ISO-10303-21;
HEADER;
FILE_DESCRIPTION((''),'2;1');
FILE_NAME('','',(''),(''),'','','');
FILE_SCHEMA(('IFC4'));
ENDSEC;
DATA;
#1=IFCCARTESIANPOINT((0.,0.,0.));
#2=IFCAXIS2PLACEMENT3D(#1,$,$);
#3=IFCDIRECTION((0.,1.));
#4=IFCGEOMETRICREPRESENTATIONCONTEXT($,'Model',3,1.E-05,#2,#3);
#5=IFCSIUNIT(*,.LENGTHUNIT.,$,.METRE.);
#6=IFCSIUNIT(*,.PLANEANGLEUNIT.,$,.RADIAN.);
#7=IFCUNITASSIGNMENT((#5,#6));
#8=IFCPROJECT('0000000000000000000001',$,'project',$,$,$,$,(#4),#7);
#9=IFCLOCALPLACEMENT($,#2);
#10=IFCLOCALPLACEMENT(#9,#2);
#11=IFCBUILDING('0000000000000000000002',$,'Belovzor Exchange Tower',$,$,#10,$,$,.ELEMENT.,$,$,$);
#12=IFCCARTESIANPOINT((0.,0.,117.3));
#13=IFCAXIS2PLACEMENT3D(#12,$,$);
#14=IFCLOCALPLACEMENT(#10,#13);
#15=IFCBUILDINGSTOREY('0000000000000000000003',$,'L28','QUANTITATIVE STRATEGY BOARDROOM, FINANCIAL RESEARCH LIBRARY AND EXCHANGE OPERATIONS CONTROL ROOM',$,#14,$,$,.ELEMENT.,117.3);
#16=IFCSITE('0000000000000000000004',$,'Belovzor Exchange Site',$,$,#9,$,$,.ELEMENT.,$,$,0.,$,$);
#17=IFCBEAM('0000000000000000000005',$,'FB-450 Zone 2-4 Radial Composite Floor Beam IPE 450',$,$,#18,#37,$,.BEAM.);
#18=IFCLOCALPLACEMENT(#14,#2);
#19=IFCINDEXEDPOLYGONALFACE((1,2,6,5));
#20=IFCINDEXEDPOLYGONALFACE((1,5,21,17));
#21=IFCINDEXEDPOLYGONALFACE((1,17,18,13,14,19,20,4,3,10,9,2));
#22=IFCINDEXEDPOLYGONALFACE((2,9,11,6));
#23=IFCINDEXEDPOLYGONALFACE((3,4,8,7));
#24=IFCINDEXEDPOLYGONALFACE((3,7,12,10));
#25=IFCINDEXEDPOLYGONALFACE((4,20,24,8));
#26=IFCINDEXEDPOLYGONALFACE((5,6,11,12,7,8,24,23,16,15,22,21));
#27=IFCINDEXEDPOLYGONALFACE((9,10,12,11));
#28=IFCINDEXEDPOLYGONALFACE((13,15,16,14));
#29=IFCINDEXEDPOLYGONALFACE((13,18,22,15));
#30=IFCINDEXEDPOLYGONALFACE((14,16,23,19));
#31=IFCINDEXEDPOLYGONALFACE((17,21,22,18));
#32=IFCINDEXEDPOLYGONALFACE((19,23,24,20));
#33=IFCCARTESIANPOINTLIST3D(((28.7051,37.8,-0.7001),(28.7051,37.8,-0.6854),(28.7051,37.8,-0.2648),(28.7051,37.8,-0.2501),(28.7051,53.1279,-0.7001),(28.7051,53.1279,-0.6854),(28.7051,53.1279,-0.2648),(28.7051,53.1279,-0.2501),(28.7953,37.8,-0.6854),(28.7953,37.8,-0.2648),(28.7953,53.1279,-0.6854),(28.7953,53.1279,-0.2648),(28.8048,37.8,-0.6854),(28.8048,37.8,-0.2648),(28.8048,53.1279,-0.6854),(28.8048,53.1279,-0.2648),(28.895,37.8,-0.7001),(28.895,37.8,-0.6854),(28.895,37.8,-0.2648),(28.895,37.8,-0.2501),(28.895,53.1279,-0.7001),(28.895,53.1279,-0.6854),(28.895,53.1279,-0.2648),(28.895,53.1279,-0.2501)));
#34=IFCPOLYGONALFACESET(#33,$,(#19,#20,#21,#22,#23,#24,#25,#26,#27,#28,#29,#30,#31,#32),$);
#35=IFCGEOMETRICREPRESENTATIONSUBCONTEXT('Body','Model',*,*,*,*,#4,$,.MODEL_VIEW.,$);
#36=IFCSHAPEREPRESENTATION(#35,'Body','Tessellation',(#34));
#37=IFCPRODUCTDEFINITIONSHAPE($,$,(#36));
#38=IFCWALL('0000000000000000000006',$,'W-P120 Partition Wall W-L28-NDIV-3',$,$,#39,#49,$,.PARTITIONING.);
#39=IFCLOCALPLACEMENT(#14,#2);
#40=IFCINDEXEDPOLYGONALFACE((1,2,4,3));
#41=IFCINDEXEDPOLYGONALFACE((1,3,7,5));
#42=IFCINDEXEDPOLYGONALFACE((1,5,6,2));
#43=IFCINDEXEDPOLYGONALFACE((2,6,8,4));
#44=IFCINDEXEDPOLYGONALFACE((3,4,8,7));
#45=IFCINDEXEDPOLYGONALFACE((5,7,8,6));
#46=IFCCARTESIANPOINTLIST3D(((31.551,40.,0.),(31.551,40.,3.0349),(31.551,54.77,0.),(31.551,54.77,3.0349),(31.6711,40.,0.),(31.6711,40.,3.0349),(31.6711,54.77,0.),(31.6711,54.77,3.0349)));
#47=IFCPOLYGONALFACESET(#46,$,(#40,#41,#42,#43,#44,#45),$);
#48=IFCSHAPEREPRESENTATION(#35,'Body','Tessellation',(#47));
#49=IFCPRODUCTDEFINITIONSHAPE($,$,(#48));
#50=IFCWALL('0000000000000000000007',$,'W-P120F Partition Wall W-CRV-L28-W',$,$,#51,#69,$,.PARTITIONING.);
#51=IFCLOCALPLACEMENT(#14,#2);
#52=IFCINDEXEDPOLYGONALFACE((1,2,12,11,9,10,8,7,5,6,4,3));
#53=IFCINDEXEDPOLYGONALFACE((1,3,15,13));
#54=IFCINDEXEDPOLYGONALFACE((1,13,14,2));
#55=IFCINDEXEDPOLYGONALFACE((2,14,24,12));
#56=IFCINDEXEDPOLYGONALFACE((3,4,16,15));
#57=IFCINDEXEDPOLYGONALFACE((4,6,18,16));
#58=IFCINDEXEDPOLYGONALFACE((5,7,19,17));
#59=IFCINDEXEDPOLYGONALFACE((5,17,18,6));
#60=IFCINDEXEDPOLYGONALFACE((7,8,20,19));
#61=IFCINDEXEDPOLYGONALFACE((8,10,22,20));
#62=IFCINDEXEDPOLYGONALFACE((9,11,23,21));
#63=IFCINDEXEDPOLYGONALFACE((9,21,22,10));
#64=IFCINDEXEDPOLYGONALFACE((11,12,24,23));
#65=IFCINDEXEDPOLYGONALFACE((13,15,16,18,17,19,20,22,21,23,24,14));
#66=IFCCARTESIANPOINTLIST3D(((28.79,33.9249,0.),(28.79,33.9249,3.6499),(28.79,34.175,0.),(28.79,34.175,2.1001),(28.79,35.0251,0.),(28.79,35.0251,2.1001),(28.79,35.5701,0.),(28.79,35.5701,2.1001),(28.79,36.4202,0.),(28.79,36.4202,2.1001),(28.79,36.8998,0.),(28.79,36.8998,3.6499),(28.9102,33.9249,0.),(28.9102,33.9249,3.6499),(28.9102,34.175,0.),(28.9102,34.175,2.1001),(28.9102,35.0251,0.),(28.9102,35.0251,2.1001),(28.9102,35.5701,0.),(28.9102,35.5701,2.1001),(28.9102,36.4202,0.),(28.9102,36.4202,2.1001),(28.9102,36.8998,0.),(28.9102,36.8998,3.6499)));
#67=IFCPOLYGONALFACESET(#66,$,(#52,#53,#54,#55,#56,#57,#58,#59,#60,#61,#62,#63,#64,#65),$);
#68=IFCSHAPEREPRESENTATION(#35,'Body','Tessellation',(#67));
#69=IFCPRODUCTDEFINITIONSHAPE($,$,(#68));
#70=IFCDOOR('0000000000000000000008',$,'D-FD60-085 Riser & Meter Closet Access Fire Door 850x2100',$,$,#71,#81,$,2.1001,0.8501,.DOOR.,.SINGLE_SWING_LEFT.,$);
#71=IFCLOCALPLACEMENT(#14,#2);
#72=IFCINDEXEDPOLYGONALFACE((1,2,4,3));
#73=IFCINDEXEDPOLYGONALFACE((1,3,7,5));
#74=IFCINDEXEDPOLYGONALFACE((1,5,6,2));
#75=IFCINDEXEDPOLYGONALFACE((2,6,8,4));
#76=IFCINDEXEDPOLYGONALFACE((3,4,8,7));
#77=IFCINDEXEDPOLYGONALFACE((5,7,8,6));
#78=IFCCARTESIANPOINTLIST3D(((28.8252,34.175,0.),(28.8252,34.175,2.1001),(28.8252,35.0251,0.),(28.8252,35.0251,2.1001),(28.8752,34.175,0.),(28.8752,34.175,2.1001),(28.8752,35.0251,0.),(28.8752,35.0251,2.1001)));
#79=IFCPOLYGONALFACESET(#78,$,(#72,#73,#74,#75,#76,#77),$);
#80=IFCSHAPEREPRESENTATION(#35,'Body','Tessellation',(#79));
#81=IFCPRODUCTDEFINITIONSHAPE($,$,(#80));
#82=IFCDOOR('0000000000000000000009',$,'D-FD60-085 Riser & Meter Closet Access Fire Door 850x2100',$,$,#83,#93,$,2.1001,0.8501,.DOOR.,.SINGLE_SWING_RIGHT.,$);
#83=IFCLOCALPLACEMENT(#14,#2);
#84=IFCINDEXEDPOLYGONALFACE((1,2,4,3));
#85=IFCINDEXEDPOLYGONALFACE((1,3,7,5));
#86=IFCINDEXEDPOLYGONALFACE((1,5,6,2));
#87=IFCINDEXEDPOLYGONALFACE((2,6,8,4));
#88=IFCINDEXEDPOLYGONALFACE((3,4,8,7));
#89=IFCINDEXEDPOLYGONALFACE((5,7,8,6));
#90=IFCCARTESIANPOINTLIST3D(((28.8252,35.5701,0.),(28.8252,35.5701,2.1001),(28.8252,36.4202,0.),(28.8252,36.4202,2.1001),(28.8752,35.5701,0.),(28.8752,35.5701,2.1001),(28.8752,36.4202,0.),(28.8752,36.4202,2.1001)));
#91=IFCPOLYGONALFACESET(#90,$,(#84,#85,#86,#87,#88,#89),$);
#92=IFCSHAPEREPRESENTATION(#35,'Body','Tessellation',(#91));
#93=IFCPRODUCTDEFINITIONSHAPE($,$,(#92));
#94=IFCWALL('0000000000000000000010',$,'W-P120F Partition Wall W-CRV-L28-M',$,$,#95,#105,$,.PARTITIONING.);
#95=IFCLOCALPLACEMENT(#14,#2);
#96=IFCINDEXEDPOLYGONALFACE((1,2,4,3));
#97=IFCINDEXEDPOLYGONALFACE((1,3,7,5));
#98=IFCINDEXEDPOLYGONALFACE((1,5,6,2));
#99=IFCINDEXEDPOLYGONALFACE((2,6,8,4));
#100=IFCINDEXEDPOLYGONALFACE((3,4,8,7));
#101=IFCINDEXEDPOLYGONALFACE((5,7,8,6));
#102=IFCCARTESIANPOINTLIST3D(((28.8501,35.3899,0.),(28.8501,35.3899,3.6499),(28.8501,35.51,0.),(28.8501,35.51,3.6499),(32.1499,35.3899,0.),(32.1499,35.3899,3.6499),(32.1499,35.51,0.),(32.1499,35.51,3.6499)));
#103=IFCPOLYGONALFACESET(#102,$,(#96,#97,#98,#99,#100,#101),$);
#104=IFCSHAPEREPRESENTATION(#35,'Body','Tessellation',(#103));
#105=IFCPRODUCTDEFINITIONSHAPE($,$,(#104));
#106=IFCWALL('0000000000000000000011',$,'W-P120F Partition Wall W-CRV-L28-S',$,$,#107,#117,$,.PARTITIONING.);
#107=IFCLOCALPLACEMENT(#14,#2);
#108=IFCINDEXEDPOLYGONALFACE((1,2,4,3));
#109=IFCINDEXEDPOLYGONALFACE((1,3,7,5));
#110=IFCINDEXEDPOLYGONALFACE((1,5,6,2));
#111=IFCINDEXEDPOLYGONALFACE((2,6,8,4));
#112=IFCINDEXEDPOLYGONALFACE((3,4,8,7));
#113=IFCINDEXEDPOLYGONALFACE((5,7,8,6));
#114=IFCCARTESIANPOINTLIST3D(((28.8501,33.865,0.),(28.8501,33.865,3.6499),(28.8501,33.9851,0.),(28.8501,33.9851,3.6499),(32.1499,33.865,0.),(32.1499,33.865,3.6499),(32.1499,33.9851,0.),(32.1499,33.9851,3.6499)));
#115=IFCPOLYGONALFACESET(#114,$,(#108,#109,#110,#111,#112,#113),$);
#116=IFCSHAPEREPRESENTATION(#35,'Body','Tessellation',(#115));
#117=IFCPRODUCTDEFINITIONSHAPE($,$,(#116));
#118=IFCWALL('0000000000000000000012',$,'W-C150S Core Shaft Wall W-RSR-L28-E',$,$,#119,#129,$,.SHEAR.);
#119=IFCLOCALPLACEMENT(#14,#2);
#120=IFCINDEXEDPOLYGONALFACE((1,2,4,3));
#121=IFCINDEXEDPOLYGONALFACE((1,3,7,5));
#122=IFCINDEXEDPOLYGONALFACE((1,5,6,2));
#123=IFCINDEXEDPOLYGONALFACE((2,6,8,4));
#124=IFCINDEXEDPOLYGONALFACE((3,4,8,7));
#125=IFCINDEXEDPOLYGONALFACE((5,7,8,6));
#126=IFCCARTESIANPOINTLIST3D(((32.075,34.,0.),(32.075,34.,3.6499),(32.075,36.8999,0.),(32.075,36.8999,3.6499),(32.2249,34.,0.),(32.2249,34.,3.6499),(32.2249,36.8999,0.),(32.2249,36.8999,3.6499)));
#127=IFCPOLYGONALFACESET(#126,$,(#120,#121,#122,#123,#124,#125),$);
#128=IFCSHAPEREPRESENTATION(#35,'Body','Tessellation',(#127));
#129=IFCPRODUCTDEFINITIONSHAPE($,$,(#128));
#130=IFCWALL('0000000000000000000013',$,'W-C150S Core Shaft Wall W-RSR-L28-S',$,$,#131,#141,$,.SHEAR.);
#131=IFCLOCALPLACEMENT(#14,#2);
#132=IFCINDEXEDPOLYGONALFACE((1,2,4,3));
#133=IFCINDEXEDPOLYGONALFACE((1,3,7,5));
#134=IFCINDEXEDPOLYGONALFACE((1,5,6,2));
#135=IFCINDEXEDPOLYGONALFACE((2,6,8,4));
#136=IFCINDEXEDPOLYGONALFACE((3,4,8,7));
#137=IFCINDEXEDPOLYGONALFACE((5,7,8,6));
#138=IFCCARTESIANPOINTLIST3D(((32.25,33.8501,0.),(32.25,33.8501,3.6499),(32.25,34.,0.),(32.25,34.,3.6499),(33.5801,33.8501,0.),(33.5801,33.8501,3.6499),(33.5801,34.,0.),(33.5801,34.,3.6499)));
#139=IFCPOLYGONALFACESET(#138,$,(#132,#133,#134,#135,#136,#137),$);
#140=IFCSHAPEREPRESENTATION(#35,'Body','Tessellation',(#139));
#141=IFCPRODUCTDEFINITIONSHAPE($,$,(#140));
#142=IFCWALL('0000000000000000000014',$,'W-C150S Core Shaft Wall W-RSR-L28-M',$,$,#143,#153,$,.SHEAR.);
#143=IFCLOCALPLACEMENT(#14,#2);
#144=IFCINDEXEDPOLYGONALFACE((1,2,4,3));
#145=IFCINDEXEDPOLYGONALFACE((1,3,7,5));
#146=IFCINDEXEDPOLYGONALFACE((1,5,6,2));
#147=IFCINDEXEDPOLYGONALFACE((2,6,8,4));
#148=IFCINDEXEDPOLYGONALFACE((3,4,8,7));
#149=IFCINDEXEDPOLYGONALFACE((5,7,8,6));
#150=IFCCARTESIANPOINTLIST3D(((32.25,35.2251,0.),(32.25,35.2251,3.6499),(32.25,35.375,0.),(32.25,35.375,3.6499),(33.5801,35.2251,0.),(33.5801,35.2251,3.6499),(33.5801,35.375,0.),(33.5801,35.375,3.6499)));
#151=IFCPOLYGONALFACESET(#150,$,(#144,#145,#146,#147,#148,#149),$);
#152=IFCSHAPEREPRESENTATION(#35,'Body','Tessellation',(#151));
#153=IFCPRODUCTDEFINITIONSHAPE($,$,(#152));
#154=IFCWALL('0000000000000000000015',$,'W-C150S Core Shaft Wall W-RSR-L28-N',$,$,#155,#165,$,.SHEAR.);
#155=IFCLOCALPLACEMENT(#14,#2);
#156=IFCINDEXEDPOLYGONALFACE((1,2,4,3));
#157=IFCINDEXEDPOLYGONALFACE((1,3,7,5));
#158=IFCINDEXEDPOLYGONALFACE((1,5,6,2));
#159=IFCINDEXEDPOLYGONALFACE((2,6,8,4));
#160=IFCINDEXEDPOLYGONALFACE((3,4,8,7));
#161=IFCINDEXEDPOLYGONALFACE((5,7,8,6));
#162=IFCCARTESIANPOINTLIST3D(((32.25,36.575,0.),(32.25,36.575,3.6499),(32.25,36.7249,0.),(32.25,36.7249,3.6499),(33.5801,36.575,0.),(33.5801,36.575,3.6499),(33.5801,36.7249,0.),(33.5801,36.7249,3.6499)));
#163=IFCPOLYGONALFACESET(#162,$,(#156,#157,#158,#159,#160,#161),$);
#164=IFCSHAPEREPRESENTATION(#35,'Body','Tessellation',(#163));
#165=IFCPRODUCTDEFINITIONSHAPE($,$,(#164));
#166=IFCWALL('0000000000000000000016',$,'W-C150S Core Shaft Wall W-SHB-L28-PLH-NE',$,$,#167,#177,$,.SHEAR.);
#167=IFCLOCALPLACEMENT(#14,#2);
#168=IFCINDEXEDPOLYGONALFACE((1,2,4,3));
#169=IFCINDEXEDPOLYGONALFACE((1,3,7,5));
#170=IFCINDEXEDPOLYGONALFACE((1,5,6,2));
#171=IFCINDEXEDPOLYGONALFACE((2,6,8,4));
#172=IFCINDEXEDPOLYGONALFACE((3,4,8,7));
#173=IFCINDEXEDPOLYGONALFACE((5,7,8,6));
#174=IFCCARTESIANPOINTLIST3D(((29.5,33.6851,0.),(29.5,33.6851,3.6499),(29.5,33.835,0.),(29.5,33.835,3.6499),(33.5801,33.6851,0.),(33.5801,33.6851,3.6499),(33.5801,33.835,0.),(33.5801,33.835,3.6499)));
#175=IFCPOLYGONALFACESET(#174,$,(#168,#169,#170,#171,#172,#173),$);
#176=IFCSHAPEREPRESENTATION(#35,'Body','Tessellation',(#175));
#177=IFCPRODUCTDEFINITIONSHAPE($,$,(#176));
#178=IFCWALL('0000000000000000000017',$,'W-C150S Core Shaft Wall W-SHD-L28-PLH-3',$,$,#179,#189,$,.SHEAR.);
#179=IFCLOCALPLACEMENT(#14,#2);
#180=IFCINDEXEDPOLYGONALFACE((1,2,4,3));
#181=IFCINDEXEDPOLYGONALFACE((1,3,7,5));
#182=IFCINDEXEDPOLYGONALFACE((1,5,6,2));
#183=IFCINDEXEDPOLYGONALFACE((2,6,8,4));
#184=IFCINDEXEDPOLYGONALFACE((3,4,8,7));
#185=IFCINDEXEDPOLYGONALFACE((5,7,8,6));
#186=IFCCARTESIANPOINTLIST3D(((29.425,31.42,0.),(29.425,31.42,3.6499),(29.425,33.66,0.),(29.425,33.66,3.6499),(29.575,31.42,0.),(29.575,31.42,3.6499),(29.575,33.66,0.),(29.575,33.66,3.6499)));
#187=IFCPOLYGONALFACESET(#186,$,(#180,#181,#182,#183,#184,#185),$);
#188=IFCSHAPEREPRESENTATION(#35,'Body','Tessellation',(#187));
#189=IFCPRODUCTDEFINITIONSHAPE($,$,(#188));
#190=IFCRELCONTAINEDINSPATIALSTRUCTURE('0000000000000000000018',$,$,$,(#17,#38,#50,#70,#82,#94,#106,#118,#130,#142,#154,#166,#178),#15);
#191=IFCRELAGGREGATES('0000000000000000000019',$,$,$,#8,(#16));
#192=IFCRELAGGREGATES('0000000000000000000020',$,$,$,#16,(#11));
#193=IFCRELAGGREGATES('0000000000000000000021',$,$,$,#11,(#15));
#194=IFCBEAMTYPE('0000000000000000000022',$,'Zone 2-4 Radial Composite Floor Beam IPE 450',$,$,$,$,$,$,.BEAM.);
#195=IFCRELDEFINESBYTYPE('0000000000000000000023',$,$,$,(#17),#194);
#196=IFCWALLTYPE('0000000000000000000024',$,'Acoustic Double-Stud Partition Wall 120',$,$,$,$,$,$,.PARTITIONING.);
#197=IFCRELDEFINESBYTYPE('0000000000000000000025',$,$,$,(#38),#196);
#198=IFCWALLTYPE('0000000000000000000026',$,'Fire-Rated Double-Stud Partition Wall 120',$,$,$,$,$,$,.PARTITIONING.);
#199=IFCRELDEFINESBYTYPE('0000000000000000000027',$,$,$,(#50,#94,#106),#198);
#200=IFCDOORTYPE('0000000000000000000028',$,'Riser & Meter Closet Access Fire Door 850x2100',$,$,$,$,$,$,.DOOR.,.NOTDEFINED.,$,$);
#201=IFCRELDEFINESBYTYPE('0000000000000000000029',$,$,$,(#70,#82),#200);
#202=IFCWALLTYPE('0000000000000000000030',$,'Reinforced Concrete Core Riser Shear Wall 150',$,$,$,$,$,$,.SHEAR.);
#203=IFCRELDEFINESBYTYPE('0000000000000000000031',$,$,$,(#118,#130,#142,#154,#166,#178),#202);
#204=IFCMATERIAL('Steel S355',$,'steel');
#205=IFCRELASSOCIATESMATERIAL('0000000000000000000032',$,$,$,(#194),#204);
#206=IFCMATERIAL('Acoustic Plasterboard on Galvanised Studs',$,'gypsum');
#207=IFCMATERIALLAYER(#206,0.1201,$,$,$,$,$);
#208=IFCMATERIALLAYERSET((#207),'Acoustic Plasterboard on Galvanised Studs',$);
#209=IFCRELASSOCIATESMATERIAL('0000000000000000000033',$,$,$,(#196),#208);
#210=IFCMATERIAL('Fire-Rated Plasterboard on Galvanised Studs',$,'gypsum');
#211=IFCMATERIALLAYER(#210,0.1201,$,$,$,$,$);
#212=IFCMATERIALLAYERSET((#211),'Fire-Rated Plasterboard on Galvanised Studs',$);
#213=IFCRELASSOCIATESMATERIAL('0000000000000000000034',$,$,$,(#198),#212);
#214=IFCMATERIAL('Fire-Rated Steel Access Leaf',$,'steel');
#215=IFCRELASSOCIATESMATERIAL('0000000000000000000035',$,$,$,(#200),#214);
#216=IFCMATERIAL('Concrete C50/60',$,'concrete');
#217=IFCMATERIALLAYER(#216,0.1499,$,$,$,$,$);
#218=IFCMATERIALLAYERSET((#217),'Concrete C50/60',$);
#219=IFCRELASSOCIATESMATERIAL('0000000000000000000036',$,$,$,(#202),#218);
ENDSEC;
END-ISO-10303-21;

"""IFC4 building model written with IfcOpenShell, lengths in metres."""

from ifc_helpers import new_model, si_unit, direction, frame, frame_2d, origin, origin_2d, place, context, subcontext, project, spatial, rectangle, i_section, extrude, material, layer, layer_set, material_profile, profile_set, type_object, element, fill, save


model = new_model("IFC4")

# Units and contexts
model_context = context("Model", 3, precision=1e-05, world=origin(), true_north=direction((0.0, 1.0)))
body_context = subcontext(model_context, "Body", "Model", "MODEL_VIEW")
ifc_project = project(units=[si_unit("LENGTHUNIT", "METRE"), si_unit("PLANEANGLEUNIT", "RADIAN")], contexts=[model_context])

# Site, building, storey
site_placement = place(None, origin())
site = spatial("IfcSite", under=ifc_project, at=site_placement, Name="Belovzor Exchange Site", CompositionType="ELEMENT", RefElevation=0.0)
building_placement = place(site_placement, origin())
building = spatial("IfcBuilding", under=site, at=building_placement, Name="Belovzor Exchange Tower", CompositionType="ELEMENT")
storey_placement = place(building_placement, frame((0.0, 0.0, 117.3)))
storey = spatial("IfcBuildingStorey", under=building, at=storey_placement, Name="L28", Description="QUANTITATIVE STRATEGY BOARDROOM, FINANCIAL RESEARCH LIBRARY AND EXCHANGE OPERATIONS CONTROL ROOM", CompositionType="ELEMENT", Elevation=117.3)

# Beam
ifc_material_1 = material(Name="Steel S355", Category="steel")
ifc_material_profile = material_profile(ifc_material_1, i_section(OverallWidth=0.1899, OverallDepth=0.45, WebThickness=0.0095, FlangeThickness=0.0146, at=origin_2d()))
ifc_profile_set = profile_set([ifc_material_profile], Name="Steel S355")
beam_type = type_object("IfcBeamType", Name="Zone 2-4 Radial Composite Floor Beam IPE 450", PredefinedType="BEAM", material=ifc_profile_set)
beam_placement = place(storey_placement, frame((28.8, 37.8, -0.4751), z_axis=(0.0, 1.0, 0.0), x_axis=(-1.0, 0.0, 0.0)))
element("IfcBeam", 1, at=beam_placement, inside=storey, type_object=beam_type, Name="FB-450 Zone 2-4 Radial Composite Floor Beam IPE 450", PredefinedType="BEAM", context=body_context, shape_type="SweptSolid", body=[
    extrude(i_section(OverallWidth=0.1899, OverallDepth=0.45, WebThickness=0.0095, FlangeThickness=0.0146, at=origin_2d()), origin(), (0.0, 0.0, 1.0), 15.3279),
])

# Wall
ifc_material_2 = material(Name="Acoustic Plasterboard on Galvanised Studs", Category="gypsum")
ifc_layer_1 = layer(ifc_material_2, 0.1201)
ifc_layer_set_1 = layer_set([ifc_layer_1], Name="Acoustic Plasterboard on Galvanised Studs")
wall_type_1 = type_object("IfcWallType", Name="Acoustic Double-Stud Partition Wall 120", PredefinedType="PARTITIONING", material=ifc_layer_set_1)
wall_1_placement = place(storey_placement, frame((31.6111, 40.0, 0.0), z_axis=(0.0, 0.0, 1.0), x_axis=(0.0, 1.0, 0.0)))
element("IfcWall", 2, at=wall_1_placement, inside=storey, type_object=wall_type_1, Name="W-P120 Partition Wall W-L28-NDIV-3", PredefinedType="PARTITIONING", context=body_context, shape_type="SweptSolid", body=[
    extrude(rectangle(XDim=14.77, YDim=0.1201, at=frame_2d((7.385, 0.0))), origin(), (0.0, 0.0, 1.0), 3.0349),
])

# Wall, openings, doors
ifc_material_3 = material(Name="Fire-Rated Plasterboard on Galvanised Studs", Category="gypsum")
ifc_layer_2 = layer(ifc_material_3, 0.1201)
ifc_layer_set_2 = layer_set([ifc_layer_2], Name="Fire-Rated Plasterboard on Galvanised Studs")
wall_type_2 = type_object("IfcWallType", Name="Fire-Rated Double-Stud Partition Wall 120", PredefinedType="PARTITIONING", material=ifc_layer_set_2)
wall_2_placement = place(storey_placement, frame((28.8501, 33.925, 0.0), z_axis=(0.0, 0.0, 1.0), x_axis=(0.0, 1.0, 0.0)))
wall_2 = element("IfcWall", 3, at=wall_2_placement, inside=storey, type_object=wall_type_2, Name="W-P120F Partition Wall W-CRV-L28-W", PredefinedType="PARTITIONING", context=body_context, shape_type="SweptSolid", body=[
    extrude(rectangle(XDim=2.9749, YDim=0.1201, at=frame_2d((1.4873, 0.0))), origin(), (0.0, 0.0, 1.0), 3.6499),
])
opening_1_placement = place(wall_2_placement, frame((0.25, 0.0, 0.0)))
opening_1 = element("IfcOpeningElement", 4, at=opening_1_placement, cuts=wall_2, PredefinedType="OPENING", context=body_context, shape_type="SweptSolid", body=[
    extrude(rectangle(XDim=0.8501, YDim=2.1001, at=frame_2d((0.425, 1.05))), frame((0.0, 0.0701, 0.0), z_axis=(0.0, -1.0, 0.0), x_axis=(1.0, 0.0, 0.0)), (0.0, 0.0, 1.0), 0.1401),
])
opening_2_placement = place(wall_2_placement, frame((1.645, 0.0, 0.0)))
opening_2 = element("IfcOpeningElement", 5, at=opening_2_placement, cuts=wall_2, PredefinedType="OPENING", context=body_context, shape_type="SweptSolid", body=[
    extrude(rectangle(XDim=0.8501, YDim=2.1001, at=frame_2d((0.425, 1.05))), frame((0.0, 0.0701, 0.0), z_axis=(0.0, -1.0, 0.0), x_axis=(1.0, 0.0, 0.0)), (0.0, 0.0, 1.0), 0.1401),
])
ifc_material_4 = material(Name="Fire-Rated Steel Access Leaf", Category="steel")
door_type = type_object("IfcDoorType", Name="Riser & Meter Closet Access Fire Door 850x2100", OperationType="NOTDEFINED", PredefinedType="DOOR", material=ifc_material_4)
door_1_placement = place(opening_1_placement, origin())
door_1 = element("IfcDoor", 6, at=door_1_placement, inside=storey, type_object=door_type, Name="D-FD60-085 Riser & Meter Closet Access Fire Door 850x2100", OperationType="SINGLE_SWING_LEFT", OverallHeight=2.1001, OverallWidth=0.8501, PredefinedType="DOOR", context=body_context, shape_type="SweptSolid", body=[
    extrude(rectangle(XDim=0.8501, YDim=2.1001, at=frame_2d((0.425, 1.05))), frame((0.0, 0.0249, 0.0), z_axis=(0.0, -1.0, 0.0), x_axis=(1.0, 0.0, 0.0)), (0.0, 0.0, 1.0), 0.05),
])
fill(opening_1, door_1)
door_2_placement = place(opening_2_placement, origin())
door_2 = element("IfcDoor", 7, at=door_2_placement, inside=storey, type_object=door_type, Name="D-FD60-085 Riser & Meter Closet Access Fire Door 850x2100", OperationType="SINGLE_SWING_RIGHT", OverallHeight=2.1001, OverallWidth=0.8501, PredefinedType="DOOR", context=body_context, shape_type="SweptSolid", body=[
    extrude(rectangle(XDim=0.8501, YDim=2.1001, at=frame_2d((0.425, 1.05))), frame((0.0, 0.0249, 0.0), z_axis=(0.0, -1.0, 0.0), x_axis=(1.0, 0.0, 0.0)), (0.0, 0.0, 1.0), 0.05),
])
fill(opening_2, door_2)

# Walls
for number, where, z_axis, x_axis, name in (
    (8, (28.8501, 35.45, 0.0), (0.0, 0.0, 1.0), (1.0, 0.0, 0.0), "W-P120F Partition Wall W-CRV-L28-M"),
    (9, (28.8501, 33.925, 0.0), (0.0, 0.0, 1.0), (1.0, 0.0, 0.0), "W-P120F Partition Wall W-CRV-L28-S"),
):
    element("IfcWall", number, at=place(storey_placement, frame(where, z_axis=z_axis, x_axis=x_axis)), inside=storey, type_object=wall_type_2, Name=name, PredefinedType="PARTITIONING", context=body_context, shape_type="SweptSolid", body=[
        extrude(rectangle(XDim=3.2998, YDim=0.1201, at=frame_2d((1.6499, 0.0))), origin(), (0.0, 0.0, 1.0), 3.6499),
    ])
ifc_material_5 = material(Name="Concrete C50/60", Category="concrete")
ifc_layer_3 = layer(ifc_material_5, 0.1499)
ifc_layer_set_3 = layer_set([ifc_layer_3], Name="Concrete C50/60")
wall_type_3 = type_object("IfcWallType", Name="Reinforced Concrete Core Riser Shear Wall 150", PredefinedType="SHEAR", material=ifc_layer_set_3)
wall_3_placement = place(storey_placement, frame((32.1499, 34.0, 0.0), z_axis=(0.0, 0.0, 1.0), x_axis=(0.0, 1.0, 0.0)))
element("IfcWall", 10, at=wall_3_placement, inside=storey, type_object=wall_type_3, Name="W-C150S Core Shaft Wall W-RSR-L28-E", PredefinedType="SHEAR", context=body_context, shape_type="SweptSolid", body=[
    extrude(rectangle(XDim=2.8999, YDim=0.1499, at=frame_2d((1.45, 0.0))), origin(), (0.0, 0.0, 1.0), 3.6499),
])
for number, where, z_axis, x_axis, name in (
    (11, (32.25, 33.925, 0.0), (0.0, 0.0, 1.0), (1.0, 0.0, 0.0), "W-C150S Core Shaft Wall W-RSR-L28-S"),
    (12, (32.25, 35.3, 0.0), (0.0, 0.0, 1.0), (1.0, 0.0, 0.0), "W-C150S Core Shaft Wall W-RSR-L28-M"),
    (13, (32.25, 36.6499, 0.0), (0.0, 0.0, 1.0), (1.0, 0.0, 0.0), "W-C150S Core Shaft Wall W-RSR-L28-N"),
):
    element("IfcWall", number, at=place(storey_placement, frame(where, z_axis=z_axis, x_axis=x_axis)), inside=storey, type_object=wall_type_3, Name=name, PredefinedType="SHEAR", context=body_context, shape_type="SweptSolid", body=[
        extrude(rectangle(XDim=1.3301, YDim=0.1499, at=frame_2d((0.665, 0.0))), origin(), (0.0, 0.0, 1.0), 3.6499),
    ])
wall_4_placement = place(storey_placement, frame((29.5, 33.76, 0.0), z_axis=(0.0, 0.0, 1.0), x_axis=(1.0, 0.0, 0.0)))
element("IfcWall", 14, at=wall_4_placement, inside=storey, type_object=wall_type_3, Name="W-C150S Core Shaft Wall W-SHB-L28-PLH-NE", PredefinedType="SHEAR", context=body_context, shape_type="SweptSolid", body=[
    extrude(rectangle(XDim=4.0801, YDim=0.1499, at=frame_2d((2.04, 0.0))), origin(), (0.0, 0.0, 1.0), 3.6499),
])
for number, where, z_axis, x_axis, name in (
    (15, (29.5, 31.4199, 0.0), (0.0, 0.0, 1.0), (0.0, 1.0, 0.0), "W-C150S Core Shaft Wall W-SHD-L28-PLH-3"),
):
    element("IfcWall", number, at=place(storey_placement, frame(where, z_axis=z_axis, x_axis=x_axis)), inside=storey, type_object=wall_type_3, Name=name, PredefinedType="SHEAR", context=body_context, shape_type="SweptSolid", body=[
        extrude(rectangle(XDim=2.24, YDim=0.1499, at=frame_2d((1.1201, 0.0))), origin(), (0.0, 0.0, 1.0), 3.6499),
    ])

save(model, "model.ifc")
